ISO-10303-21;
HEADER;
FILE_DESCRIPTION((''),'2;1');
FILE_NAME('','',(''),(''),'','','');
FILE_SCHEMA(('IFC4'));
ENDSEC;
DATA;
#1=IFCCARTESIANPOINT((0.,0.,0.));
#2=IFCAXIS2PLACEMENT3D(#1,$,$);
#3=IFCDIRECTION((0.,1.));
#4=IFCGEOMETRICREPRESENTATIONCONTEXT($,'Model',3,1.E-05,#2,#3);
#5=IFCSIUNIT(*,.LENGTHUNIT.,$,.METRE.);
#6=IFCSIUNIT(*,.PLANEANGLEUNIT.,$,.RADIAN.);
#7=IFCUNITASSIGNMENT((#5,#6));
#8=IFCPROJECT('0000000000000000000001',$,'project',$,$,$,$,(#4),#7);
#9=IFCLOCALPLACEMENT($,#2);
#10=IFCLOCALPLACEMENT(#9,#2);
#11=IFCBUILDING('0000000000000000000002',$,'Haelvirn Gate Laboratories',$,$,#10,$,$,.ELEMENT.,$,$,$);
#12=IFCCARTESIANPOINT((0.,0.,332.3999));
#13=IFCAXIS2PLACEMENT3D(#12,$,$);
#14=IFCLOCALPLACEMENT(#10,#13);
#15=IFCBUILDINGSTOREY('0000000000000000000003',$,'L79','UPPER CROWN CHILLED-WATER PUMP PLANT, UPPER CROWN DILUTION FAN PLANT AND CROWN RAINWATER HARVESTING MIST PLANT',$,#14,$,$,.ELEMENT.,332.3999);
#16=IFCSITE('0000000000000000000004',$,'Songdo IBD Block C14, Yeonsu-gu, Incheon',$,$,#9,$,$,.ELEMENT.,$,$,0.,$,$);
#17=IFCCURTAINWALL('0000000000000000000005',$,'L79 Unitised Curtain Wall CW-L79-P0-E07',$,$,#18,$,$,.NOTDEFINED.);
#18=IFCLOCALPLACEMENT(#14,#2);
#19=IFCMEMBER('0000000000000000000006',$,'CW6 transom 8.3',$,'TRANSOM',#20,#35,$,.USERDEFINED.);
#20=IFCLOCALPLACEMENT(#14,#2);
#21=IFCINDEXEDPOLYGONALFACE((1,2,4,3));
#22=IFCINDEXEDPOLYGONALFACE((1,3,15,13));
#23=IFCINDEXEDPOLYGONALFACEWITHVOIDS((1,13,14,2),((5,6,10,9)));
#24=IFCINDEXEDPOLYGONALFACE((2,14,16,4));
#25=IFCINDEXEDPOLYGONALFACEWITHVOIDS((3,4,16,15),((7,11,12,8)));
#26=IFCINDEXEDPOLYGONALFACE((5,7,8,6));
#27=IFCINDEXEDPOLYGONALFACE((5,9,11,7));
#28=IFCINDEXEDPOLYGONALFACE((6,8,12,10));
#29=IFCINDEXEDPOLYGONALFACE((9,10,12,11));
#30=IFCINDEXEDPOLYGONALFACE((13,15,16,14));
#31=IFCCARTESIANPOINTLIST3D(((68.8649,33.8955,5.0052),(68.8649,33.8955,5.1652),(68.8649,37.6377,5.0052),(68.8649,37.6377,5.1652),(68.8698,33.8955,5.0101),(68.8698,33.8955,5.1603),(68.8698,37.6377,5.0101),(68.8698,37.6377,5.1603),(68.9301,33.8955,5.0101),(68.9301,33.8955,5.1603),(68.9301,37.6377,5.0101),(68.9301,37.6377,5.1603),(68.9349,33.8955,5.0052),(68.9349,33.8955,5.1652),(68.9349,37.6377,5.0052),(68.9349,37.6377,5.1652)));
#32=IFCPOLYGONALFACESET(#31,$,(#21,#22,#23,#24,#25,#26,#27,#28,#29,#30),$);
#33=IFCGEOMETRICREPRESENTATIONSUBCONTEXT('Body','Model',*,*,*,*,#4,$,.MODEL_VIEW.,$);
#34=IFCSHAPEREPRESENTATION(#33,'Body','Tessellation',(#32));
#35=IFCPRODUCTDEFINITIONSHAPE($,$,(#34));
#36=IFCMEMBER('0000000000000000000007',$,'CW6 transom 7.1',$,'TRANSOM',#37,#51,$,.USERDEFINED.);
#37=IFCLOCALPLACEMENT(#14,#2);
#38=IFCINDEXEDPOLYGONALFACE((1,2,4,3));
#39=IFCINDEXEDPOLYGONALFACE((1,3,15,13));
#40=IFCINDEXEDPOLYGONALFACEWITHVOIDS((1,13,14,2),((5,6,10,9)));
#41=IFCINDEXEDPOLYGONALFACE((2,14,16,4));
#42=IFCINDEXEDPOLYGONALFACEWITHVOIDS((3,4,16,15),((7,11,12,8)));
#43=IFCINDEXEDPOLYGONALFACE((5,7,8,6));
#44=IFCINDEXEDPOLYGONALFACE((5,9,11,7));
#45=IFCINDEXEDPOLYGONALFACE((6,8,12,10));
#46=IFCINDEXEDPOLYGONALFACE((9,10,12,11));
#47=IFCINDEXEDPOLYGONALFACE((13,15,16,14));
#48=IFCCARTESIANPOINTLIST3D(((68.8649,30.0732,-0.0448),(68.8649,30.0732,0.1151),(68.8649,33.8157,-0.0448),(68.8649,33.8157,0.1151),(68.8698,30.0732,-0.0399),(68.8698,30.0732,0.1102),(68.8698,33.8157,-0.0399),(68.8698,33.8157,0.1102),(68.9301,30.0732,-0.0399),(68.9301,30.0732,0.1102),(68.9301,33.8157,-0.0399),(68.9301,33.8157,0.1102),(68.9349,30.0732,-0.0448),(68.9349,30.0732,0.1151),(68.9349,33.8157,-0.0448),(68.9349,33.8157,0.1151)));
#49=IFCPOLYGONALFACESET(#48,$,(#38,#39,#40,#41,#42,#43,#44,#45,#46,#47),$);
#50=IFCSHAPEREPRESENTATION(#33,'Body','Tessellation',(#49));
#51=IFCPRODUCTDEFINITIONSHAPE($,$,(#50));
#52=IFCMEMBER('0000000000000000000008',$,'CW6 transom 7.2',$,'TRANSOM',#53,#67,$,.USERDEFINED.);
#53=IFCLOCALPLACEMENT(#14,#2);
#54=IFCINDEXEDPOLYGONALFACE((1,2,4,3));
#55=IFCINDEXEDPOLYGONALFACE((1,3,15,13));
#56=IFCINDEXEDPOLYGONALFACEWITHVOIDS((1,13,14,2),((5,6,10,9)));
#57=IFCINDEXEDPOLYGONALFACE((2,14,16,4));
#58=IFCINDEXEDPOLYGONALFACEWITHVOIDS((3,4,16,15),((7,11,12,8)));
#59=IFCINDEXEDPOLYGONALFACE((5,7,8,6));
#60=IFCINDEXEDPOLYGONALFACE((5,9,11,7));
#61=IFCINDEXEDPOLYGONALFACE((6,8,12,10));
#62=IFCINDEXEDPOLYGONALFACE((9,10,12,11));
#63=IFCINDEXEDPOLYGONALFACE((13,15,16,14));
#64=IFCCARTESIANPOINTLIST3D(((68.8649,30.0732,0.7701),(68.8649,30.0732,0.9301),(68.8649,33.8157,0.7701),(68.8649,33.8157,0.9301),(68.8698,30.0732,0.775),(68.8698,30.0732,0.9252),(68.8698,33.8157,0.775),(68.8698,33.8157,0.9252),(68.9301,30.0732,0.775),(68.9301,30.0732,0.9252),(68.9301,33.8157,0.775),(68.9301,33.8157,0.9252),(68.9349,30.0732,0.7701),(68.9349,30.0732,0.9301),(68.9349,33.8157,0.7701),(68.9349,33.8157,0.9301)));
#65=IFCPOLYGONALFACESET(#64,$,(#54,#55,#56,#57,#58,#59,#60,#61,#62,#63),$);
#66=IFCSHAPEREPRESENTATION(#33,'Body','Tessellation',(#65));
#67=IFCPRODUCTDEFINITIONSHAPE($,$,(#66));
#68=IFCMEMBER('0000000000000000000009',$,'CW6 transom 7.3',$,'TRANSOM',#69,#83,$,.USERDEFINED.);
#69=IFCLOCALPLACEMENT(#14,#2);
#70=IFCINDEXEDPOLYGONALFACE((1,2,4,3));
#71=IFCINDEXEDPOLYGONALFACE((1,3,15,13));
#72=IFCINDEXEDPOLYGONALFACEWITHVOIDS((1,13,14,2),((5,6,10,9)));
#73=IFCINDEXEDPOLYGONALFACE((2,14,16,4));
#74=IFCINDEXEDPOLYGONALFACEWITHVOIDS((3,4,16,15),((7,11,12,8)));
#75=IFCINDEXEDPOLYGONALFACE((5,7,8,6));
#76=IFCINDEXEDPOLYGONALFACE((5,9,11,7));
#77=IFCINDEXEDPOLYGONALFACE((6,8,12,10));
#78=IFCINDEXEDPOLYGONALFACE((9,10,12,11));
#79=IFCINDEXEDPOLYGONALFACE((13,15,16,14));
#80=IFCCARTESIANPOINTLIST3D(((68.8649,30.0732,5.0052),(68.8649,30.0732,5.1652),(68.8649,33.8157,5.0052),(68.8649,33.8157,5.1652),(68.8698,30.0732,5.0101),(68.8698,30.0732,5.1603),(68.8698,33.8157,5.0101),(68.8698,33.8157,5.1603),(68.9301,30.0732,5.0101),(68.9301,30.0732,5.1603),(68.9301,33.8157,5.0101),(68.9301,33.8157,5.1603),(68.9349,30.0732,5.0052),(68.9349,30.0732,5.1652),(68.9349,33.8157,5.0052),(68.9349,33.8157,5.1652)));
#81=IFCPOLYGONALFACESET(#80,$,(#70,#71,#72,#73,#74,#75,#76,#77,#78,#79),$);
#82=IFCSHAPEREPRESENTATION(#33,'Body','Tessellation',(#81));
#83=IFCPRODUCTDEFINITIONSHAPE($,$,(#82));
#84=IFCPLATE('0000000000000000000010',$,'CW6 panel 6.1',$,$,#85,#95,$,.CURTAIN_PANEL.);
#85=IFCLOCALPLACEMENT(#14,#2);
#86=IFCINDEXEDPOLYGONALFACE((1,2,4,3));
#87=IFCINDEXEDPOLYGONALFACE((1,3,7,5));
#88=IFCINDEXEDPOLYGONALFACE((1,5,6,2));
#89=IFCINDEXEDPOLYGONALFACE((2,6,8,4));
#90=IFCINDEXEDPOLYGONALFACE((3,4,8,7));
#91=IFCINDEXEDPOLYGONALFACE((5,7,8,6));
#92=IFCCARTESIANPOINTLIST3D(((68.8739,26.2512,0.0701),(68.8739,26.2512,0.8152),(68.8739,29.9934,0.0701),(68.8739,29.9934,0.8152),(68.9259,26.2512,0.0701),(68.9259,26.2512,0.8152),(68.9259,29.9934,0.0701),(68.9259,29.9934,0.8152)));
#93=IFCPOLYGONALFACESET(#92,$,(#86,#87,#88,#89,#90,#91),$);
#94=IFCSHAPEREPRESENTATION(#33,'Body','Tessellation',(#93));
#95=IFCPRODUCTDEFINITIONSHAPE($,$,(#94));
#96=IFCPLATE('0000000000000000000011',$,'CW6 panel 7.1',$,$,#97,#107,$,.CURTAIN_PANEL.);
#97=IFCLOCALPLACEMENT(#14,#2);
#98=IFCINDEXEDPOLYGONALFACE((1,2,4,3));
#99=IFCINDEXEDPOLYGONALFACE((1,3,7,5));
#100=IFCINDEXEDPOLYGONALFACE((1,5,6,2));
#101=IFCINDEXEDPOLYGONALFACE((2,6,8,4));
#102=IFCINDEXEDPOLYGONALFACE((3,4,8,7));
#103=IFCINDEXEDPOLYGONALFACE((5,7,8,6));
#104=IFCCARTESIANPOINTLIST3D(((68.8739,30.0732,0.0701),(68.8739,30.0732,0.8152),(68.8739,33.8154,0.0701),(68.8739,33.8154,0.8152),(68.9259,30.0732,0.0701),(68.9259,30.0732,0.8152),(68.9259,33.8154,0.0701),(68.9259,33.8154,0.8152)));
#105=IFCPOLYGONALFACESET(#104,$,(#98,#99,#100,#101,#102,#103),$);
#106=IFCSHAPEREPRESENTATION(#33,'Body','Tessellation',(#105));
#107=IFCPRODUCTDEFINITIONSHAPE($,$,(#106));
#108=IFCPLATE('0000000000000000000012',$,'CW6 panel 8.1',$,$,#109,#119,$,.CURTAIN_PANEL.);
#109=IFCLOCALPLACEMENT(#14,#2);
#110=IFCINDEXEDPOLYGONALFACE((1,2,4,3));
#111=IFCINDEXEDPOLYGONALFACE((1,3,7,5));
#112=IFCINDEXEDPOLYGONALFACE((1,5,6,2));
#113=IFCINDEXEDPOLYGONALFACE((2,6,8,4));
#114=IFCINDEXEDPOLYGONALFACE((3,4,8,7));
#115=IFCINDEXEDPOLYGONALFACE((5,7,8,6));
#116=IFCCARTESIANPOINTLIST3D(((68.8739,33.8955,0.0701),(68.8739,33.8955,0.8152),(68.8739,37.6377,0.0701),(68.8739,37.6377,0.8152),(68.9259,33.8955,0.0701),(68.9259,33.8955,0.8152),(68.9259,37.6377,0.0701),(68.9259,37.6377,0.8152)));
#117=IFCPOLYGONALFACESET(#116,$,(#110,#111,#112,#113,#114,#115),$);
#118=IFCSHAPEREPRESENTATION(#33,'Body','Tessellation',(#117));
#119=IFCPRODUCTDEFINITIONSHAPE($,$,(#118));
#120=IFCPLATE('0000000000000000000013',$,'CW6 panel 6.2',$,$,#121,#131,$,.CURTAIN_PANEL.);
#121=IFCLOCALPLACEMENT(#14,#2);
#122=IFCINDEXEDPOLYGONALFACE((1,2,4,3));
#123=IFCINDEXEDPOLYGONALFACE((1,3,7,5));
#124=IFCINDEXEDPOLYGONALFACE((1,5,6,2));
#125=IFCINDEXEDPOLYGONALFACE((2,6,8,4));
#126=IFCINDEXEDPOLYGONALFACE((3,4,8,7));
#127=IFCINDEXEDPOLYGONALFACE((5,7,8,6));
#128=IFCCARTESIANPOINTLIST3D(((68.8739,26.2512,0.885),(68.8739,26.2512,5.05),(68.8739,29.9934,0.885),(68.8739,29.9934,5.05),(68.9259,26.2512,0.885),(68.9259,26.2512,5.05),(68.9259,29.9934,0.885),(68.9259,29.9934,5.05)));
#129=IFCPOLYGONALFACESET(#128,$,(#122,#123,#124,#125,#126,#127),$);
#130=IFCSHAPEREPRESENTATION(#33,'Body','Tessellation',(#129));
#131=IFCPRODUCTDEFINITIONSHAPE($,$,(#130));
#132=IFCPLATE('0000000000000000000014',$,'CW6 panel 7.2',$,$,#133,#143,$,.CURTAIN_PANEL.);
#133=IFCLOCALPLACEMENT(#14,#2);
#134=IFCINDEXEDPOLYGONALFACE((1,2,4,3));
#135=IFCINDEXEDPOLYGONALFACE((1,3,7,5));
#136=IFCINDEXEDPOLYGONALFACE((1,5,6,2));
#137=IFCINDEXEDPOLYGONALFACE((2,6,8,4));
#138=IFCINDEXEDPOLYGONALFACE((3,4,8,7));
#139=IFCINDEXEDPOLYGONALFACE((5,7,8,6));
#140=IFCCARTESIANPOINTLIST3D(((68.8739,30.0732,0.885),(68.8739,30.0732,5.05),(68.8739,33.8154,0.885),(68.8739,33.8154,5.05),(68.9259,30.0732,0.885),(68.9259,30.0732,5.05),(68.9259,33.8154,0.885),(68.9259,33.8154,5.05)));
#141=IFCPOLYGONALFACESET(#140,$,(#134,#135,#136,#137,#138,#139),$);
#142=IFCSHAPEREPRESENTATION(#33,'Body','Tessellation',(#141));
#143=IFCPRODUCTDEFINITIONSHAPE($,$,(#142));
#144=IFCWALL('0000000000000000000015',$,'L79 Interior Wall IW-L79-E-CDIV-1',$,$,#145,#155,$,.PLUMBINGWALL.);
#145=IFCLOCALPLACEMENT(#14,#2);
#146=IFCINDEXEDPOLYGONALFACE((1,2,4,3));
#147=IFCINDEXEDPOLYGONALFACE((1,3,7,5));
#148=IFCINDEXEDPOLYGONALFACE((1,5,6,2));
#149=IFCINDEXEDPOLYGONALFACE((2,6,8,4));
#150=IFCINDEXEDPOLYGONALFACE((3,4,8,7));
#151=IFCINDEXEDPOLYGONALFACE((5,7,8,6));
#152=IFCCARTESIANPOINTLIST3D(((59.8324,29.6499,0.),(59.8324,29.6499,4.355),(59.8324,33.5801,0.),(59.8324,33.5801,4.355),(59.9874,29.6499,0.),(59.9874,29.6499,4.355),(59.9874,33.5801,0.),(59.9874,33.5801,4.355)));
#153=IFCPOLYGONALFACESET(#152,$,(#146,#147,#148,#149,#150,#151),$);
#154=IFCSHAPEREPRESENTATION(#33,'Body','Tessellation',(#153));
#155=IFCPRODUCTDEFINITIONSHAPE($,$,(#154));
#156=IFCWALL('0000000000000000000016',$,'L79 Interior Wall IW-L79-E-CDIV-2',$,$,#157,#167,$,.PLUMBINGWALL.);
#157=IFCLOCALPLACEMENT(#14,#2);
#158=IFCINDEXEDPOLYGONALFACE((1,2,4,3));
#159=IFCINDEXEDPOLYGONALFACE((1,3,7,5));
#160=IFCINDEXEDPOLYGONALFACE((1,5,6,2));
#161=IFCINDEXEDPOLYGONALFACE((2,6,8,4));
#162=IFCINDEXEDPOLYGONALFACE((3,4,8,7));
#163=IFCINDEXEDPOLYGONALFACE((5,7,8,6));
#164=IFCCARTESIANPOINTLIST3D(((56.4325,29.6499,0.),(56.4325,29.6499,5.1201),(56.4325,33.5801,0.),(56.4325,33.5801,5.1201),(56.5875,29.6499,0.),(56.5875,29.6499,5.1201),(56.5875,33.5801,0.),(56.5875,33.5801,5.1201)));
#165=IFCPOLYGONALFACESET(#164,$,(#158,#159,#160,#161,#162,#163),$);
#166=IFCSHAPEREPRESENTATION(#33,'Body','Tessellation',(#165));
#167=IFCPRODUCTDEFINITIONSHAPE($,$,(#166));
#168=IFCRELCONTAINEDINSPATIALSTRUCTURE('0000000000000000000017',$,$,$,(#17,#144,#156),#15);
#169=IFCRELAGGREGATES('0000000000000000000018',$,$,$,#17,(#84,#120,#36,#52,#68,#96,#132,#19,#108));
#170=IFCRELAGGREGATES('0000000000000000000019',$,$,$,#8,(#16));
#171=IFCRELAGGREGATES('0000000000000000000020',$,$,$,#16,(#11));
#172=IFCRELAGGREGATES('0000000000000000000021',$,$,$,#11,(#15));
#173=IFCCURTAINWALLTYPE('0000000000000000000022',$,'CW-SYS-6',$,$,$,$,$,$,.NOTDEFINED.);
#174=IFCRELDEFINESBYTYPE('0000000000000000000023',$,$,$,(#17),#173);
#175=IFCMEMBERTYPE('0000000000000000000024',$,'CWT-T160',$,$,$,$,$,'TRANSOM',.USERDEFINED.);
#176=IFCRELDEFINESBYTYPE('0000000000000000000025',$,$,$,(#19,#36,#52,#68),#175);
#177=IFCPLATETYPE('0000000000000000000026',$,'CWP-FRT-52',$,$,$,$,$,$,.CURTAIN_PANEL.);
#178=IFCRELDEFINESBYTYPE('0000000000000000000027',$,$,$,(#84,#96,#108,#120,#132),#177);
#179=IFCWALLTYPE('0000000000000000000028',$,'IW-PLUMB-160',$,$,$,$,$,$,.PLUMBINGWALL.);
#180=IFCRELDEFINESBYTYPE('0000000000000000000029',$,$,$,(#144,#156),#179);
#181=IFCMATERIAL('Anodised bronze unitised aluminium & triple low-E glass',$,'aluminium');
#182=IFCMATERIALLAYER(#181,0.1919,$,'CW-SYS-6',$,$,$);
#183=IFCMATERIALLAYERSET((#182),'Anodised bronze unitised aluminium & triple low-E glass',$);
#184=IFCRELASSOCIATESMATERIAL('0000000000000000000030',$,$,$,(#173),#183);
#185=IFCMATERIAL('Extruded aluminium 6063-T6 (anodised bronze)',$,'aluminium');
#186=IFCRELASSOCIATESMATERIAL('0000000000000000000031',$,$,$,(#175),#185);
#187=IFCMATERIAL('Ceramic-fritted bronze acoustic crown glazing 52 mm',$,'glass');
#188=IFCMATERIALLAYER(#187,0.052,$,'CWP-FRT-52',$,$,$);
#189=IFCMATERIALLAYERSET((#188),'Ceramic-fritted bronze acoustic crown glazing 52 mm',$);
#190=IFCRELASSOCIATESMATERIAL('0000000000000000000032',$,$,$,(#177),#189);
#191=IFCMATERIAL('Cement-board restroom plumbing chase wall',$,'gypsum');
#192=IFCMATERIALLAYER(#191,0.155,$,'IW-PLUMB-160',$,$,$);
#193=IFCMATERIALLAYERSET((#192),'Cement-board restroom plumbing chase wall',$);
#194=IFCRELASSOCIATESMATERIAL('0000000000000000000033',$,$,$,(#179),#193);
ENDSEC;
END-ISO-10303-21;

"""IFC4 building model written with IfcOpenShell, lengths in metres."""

from ifc_helpers import new_model, si_unit, direction, frame, frame_2d, origin, origin_2d, place, context, subcontext, project, spatial, rectangle, hollow_rectangle, extrude, source, transform, mapped, material, layer, layer_set, material_profile, profile_set, type_object, type_shapes, element, aggregate, save


model = new_model("IFC4")

# Units and contexts
model_context = context("Model", 3, precision=1e-05, world=origin(), true_north=direction((0.0, 1.0)))
body_context = subcontext(model_context, "Body", "Model", "MODEL_VIEW")
ifc_project = project(units=[si_unit("LENGTHUNIT", "METRE"), si_unit("PLANEANGLEUNIT", "RADIAN")], contexts=[model_context])

# Site, building, storey
site_placement = place(None, origin())
site = spatial("IfcSite", under=ifc_project, at=site_placement, Name="Songdo IBD Block C14, Yeonsu-gu, Incheon", CompositionType="ELEMENT", RefElevation=0.0)
building_placement = place(site_placement, origin())
building = spatial("IfcBuilding", under=site, at=building_placement, Name="Haelvirn Gate Laboratories", CompositionType="ELEMENT")
storey_placement = place(building_placement, frame((0.0, 0.0, 332.3999)))
storey = spatial("IfcBuildingStorey", under=building, at=storey_placement, Name="L79", Description="UPPER CROWN CHILLED-WATER PUMP PLANT, UPPER CROWN DILUTION FAN PLANT AND CROWN RAINWATER HARVESTING MIST PLANT", CompositionType="ELEMENT", Elevation=332.3999)

# Curtain wall, members, plates
ifc_material_1 = material(Name="Anodised bronze unitised aluminium & triple low-E glass", Category="aluminium")
ifc_layer_1 = layer(ifc_material_1, 0.1919, Name="CW-SYS-6")
ifc_layer_set_1 = layer_set([ifc_layer_1], Name="Anodised bronze unitised aluminium & triple low-E glass")
curtain_wall_type = type_object("IfcCurtainWallType", Name="CW-SYS-6", PredefinedType="NOTDEFINED", material=ifc_layer_set_1)
curtain_wall_placement = place(storey_placement, origin())
curtain_wall = element("IfcCurtainWall", 1, at=curtain_wall_placement, inside=storey, type_object=curtain_wall_type, Name="L79 Unitised Curtain Wall CW-L79-P0-E07", PredefinedType="NOTDEFINED")
ifc_material_2 = material(Name="Extruded aluminium 6063-T6 (anodised bronze)", Category="aluminium")
ifc_material_profile_1 = material_profile(ifc_material_2, hollow_rectangle(XDim=0.0701, YDim=0.1599, WallThickness=0.0049, at=origin_2d()), Name="CWT-160x70x5")
ifc_profile_set_1 = profile_set([ifc_material_profile_1], Name="Extruded aluminium 6063-T6 (anodised bronze)")
member_type_1 = type_object("IfcMemberType", Name="CWT-T160", ElementType="TRANSOM", PredefinedType="USERDEFINED", material=ifc_profile_set_1)
shared_shape_1 = source(origin(), body_context, "Body", "SweptSolid", [
    extrude(hollow_rectangle(XDim=0.0701, YDim=0.1599, WallThickness=0.0049, at=origin_2d()), origin(), (0.0, 0.0, 1.0), 3.7422),
])
member_1_placement = place(storey_placement, frame((68.8999, 33.8955, 5.0852), z_axis=(0.0, 1.0, 0.0), x_axis=(-1.0, 0.0, 0.0)))
member_1 = element("IfcMember", 2, at=member_1_placement, type_object=member_type_1, Name="CW6 transom 8.3", ObjectType="TRANSOM", PredefinedType="USERDEFINED", context=body_context, shape_type="MappedRepresentation", body=[
    mapped(shared_shape_1, transform((0.0, 0.0, 0.0), scale=1.0)),
])
shared_shape_2 = source(origin(), body_context, "Body", "SweptSolid", [
    extrude(hollow_rectangle(XDim=0.0701, YDim=0.1599, WallThickness=0.0049, at=origin_2d()), origin(), (0.0, 0.0, 1.0), 3.7424),
])
type_shapes(member_type_1, [shared_shape_1, shared_shape_2])
member_2_placement = place(storey_placement, frame((68.8999, 30.0732, 0.0352), z_axis=(0.0, 1.0, 0.0), x_axis=(-1.0, 0.0, 0.0)))
member_2 = element("IfcMember", 3, at=member_2_placement, type_object=member_type_1, Name="CW6 transom 7.1", ObjectType="TRANSOM", PredefinedType="USERDEFINED", context=body_context, shape_type="MappedRepresentation", body=[
    mapped(shared_shape_2, transform((0.0, 0.0, 0.0), scale=1.0)),
])
member_3_placement = place(storey_placement, frame((68.8999, 30.0732, 0.8501), z_axis=(0.0, 1.0, 0.0), x_axis=(-1.0, 0.0, 0.0)))
member_3 = element("IfcMember", 4, at=member_3_placement, type_object=member_type_1, Name="CW6 transom 7.2", ObjectType="TRANSOM", PredefinedType="USERDEFINED", context=body_context, shape_type="MappedRepresentation", body=[
    mapped(shared_shape_2, transform((0.0, 0.0, 0.0), scale=1.0)),
])
member_4_placement = place(storey_placement, frame((68.8999, 30.0732, 5.0852), z_axis=(0.0, 1.0, 0.0), x_axis=(-1.0, 0.0, 0.0)))
member_4 = element("IfcMember", 5, at=member_4_placement, type_object=member_type_1, Name="CW6 transom 7.3", ObjectType="TRANSOM", PredefinedType="USERDEFINED", context=body_context, shape_type="MappedRepresentation", body=[
    mapped(shared_shape_2, transform((0.0, 0.0, 0.0), scale=1.0)),
])
ifc_material_3 = material(Name="Ceramic-fritted bronze acoustic crown glazing 52 mm", Category="glass")
ifc_layer_2 = layer(ifc_material_3, 0.052, Name="CWP-FRT-52")
ifc_layer_set_2 = layer_set([ifc_layer_2], Name="Ceramic-fritted bronze acoustic crown glazing 52 mm")
plate_type = type_object("IfcPlateType", Name="CWP-FRT-52", PredefinedType="CURTAIN_PANEL", material=ifc_layer_set_2)
shared_shape_3 = source(origin(), body_context, "Body", "SweptSolid", [
    extrude(rectangle(XDim=3.7422, YDim=0.052, at=origin_2d()), origin(), (0.0, 0.0, 1.0), 0.7451),
])
plate_1_placement = place(storey_placement, frame((68.8999, 28.1223, 0.0701), z_axis=(0.0, 0.0, 1.0), x_axis=(0.0, 1.0, 0.0)))
plate_1 = element("IfcPlate", 6, at=plate_1_placement, type_object=plate_type, Name="CW6 panel 6.1", PredefinedType="CURTAIN_PANEL", context=body_context, shape_type="MappedRepresentation", body=[
    mapped(shared_shape_3, transform((0.0, 0.0, 0.0), scale=1.0)),
])
plate_2_placement = place(storey_placement, frame((68.8999, 31.9443, 0.0701), z_axis=(0.0, 0.0, 1.0), x_axis=(0.0, 1.0, 0.0)))
plate_2 = element("IfcPlate", 7, at=plate_2_placement, type_object=plate_type, Name="CW6 panel 7.1", PredefinedType="CURTAIN_PANEL", context=body_context, shape_type="MappedRepresentation", body=[
    mapped(shared_shape_3, transform((0.0, 0.0, 0.0), scale=1.0)),
])
plate_3_placement = place(storey_placement, frame((68.8999, 35.7666, 0.0701), z_axis=(0.0, 0.0, 1.0), x_axis=(0.0, 1.0, 0.0)))
plate_3 = element("IfcPlate", 8, at=plate_3_placement, type_object=plate_type, Name="CW6 panel 8.1", PredefinedType="CURTAIN_PANEL", context=body_context, shape_type="MappedRepresentation", body=[
    mapped(shared_shape_3, transform((0.0, 0.0, 0.0), scale=1.0)),
])
shared_shape_4 = source(origin(), body_context, "Body", "SweptSolid", [
    extrude(rectangle(XDim=3.7422, YDim=0.052, at=origin_2d()), origin(), (0.0, 0.0, 1.0), 4.165),
])
type_shapes(plate_type, [shared_shape_3, shared_shape_4])
plate_4_placement = place(storey_placement, frame((68.8999, 28.1223, 0.885), z_axis=(0.0, 0.0, 1.0), x_axis=(0.0, 1.0, 0.0)))
plate_4 = element("IfcPlate", 9, at=plate_4_placement, type_object=plate_type, Name="CW6 panel 6.2", PredefinedType="CURTAIN_PANEL", context=body_context, shape_type="MappedRepresentation", body=[
    mapped(shared_shape_4, transform((0.0, 0.0, 0.0), scale=1.0)),
])
plate_5_placement = place(storey_placement, frame((68.8999, 31.9443, 0.885), z_axis=(0.0, 0.0, 1.0), x_axis=(0.0, 1.0, 0.0)))
plate_5 = element("IfcPlate", 10, at=plate_5_placement, type_object=plate_type, Name="CW6 panel 7.2", PredefinedType="CURTAIN_PANEL", context=body_context, shape_type="MappedRepresentation", body=[
    mapped(shared_shape_4, transform((0.0, 0.0, 0.0), scale=1.0)),
])
aggregate(curtain_wall, [plate_1, plate_4, member_2, member_3, member_4, plate_2, plate_5, member_1, plate_3])

# Walls
ifc_material_4 = material(Name="Cement-board restroom plumbing chase wall", Category="gypsum")
ifc_layer_3 = layer(ifc_material_4, 0.155, Name="IW-PLUMB-160")
ifc_layer_set_3 = layer_set([ifc_layer_3], Name="Cement-board restroom plumbing chase wall")
wall_type_1 = type_object("IfcWallType", Name="IW-PLUMB-160", PredefinedType="PLUMBINGWALL", material=ifc_layer_set_3)
wall_1_placement = place(storey_placement, frame((59.9099, 29.6499, 0.0), z_axis=(0.0, 0.0, 1.0), x_axis=(0.0, 1.0, 0.0)))
element("IfcWall", 11, at=wall_1_placement, inside=storey, type_object=wall_type_1, Name="L79 Interior Wall IW-L79-E-CDIV-1", PredefinedType="PLUMBINGWALL", context=body_context, shape_type="SweptSolid", body=[
    extrude(rectangle(XDim=3.9302, YDim=0.155, at=frame_2d((1.9651, 0.0))), origin(), (0.0, 0.0, 1.0), 4.355),
])
wall_2_placement = place(storey_placement, frame((56.51, 29.6499, 0.0), z_axis=(0.0, 0.0, 1.0), x_axis=(0.0, 1.0, 0.0)))
element("IfcWall", 12, at=wall_2_placement, inside=storey, type_object=wall_type_1, Name="L79 Interior Wall IW-L79-E-CDIV-2", PredefinedType="PLUMBINGWALL", context=body_context, shape_type="SweptSolid", body=[
    extrude(rectangle(XDim=3.9302, YDim=0.155, at=frame_2d((1.9651, 0.0))), origin(), (0.0, 0.0, 1.0), 5.1201),
])

save(model, "model.ifc")
